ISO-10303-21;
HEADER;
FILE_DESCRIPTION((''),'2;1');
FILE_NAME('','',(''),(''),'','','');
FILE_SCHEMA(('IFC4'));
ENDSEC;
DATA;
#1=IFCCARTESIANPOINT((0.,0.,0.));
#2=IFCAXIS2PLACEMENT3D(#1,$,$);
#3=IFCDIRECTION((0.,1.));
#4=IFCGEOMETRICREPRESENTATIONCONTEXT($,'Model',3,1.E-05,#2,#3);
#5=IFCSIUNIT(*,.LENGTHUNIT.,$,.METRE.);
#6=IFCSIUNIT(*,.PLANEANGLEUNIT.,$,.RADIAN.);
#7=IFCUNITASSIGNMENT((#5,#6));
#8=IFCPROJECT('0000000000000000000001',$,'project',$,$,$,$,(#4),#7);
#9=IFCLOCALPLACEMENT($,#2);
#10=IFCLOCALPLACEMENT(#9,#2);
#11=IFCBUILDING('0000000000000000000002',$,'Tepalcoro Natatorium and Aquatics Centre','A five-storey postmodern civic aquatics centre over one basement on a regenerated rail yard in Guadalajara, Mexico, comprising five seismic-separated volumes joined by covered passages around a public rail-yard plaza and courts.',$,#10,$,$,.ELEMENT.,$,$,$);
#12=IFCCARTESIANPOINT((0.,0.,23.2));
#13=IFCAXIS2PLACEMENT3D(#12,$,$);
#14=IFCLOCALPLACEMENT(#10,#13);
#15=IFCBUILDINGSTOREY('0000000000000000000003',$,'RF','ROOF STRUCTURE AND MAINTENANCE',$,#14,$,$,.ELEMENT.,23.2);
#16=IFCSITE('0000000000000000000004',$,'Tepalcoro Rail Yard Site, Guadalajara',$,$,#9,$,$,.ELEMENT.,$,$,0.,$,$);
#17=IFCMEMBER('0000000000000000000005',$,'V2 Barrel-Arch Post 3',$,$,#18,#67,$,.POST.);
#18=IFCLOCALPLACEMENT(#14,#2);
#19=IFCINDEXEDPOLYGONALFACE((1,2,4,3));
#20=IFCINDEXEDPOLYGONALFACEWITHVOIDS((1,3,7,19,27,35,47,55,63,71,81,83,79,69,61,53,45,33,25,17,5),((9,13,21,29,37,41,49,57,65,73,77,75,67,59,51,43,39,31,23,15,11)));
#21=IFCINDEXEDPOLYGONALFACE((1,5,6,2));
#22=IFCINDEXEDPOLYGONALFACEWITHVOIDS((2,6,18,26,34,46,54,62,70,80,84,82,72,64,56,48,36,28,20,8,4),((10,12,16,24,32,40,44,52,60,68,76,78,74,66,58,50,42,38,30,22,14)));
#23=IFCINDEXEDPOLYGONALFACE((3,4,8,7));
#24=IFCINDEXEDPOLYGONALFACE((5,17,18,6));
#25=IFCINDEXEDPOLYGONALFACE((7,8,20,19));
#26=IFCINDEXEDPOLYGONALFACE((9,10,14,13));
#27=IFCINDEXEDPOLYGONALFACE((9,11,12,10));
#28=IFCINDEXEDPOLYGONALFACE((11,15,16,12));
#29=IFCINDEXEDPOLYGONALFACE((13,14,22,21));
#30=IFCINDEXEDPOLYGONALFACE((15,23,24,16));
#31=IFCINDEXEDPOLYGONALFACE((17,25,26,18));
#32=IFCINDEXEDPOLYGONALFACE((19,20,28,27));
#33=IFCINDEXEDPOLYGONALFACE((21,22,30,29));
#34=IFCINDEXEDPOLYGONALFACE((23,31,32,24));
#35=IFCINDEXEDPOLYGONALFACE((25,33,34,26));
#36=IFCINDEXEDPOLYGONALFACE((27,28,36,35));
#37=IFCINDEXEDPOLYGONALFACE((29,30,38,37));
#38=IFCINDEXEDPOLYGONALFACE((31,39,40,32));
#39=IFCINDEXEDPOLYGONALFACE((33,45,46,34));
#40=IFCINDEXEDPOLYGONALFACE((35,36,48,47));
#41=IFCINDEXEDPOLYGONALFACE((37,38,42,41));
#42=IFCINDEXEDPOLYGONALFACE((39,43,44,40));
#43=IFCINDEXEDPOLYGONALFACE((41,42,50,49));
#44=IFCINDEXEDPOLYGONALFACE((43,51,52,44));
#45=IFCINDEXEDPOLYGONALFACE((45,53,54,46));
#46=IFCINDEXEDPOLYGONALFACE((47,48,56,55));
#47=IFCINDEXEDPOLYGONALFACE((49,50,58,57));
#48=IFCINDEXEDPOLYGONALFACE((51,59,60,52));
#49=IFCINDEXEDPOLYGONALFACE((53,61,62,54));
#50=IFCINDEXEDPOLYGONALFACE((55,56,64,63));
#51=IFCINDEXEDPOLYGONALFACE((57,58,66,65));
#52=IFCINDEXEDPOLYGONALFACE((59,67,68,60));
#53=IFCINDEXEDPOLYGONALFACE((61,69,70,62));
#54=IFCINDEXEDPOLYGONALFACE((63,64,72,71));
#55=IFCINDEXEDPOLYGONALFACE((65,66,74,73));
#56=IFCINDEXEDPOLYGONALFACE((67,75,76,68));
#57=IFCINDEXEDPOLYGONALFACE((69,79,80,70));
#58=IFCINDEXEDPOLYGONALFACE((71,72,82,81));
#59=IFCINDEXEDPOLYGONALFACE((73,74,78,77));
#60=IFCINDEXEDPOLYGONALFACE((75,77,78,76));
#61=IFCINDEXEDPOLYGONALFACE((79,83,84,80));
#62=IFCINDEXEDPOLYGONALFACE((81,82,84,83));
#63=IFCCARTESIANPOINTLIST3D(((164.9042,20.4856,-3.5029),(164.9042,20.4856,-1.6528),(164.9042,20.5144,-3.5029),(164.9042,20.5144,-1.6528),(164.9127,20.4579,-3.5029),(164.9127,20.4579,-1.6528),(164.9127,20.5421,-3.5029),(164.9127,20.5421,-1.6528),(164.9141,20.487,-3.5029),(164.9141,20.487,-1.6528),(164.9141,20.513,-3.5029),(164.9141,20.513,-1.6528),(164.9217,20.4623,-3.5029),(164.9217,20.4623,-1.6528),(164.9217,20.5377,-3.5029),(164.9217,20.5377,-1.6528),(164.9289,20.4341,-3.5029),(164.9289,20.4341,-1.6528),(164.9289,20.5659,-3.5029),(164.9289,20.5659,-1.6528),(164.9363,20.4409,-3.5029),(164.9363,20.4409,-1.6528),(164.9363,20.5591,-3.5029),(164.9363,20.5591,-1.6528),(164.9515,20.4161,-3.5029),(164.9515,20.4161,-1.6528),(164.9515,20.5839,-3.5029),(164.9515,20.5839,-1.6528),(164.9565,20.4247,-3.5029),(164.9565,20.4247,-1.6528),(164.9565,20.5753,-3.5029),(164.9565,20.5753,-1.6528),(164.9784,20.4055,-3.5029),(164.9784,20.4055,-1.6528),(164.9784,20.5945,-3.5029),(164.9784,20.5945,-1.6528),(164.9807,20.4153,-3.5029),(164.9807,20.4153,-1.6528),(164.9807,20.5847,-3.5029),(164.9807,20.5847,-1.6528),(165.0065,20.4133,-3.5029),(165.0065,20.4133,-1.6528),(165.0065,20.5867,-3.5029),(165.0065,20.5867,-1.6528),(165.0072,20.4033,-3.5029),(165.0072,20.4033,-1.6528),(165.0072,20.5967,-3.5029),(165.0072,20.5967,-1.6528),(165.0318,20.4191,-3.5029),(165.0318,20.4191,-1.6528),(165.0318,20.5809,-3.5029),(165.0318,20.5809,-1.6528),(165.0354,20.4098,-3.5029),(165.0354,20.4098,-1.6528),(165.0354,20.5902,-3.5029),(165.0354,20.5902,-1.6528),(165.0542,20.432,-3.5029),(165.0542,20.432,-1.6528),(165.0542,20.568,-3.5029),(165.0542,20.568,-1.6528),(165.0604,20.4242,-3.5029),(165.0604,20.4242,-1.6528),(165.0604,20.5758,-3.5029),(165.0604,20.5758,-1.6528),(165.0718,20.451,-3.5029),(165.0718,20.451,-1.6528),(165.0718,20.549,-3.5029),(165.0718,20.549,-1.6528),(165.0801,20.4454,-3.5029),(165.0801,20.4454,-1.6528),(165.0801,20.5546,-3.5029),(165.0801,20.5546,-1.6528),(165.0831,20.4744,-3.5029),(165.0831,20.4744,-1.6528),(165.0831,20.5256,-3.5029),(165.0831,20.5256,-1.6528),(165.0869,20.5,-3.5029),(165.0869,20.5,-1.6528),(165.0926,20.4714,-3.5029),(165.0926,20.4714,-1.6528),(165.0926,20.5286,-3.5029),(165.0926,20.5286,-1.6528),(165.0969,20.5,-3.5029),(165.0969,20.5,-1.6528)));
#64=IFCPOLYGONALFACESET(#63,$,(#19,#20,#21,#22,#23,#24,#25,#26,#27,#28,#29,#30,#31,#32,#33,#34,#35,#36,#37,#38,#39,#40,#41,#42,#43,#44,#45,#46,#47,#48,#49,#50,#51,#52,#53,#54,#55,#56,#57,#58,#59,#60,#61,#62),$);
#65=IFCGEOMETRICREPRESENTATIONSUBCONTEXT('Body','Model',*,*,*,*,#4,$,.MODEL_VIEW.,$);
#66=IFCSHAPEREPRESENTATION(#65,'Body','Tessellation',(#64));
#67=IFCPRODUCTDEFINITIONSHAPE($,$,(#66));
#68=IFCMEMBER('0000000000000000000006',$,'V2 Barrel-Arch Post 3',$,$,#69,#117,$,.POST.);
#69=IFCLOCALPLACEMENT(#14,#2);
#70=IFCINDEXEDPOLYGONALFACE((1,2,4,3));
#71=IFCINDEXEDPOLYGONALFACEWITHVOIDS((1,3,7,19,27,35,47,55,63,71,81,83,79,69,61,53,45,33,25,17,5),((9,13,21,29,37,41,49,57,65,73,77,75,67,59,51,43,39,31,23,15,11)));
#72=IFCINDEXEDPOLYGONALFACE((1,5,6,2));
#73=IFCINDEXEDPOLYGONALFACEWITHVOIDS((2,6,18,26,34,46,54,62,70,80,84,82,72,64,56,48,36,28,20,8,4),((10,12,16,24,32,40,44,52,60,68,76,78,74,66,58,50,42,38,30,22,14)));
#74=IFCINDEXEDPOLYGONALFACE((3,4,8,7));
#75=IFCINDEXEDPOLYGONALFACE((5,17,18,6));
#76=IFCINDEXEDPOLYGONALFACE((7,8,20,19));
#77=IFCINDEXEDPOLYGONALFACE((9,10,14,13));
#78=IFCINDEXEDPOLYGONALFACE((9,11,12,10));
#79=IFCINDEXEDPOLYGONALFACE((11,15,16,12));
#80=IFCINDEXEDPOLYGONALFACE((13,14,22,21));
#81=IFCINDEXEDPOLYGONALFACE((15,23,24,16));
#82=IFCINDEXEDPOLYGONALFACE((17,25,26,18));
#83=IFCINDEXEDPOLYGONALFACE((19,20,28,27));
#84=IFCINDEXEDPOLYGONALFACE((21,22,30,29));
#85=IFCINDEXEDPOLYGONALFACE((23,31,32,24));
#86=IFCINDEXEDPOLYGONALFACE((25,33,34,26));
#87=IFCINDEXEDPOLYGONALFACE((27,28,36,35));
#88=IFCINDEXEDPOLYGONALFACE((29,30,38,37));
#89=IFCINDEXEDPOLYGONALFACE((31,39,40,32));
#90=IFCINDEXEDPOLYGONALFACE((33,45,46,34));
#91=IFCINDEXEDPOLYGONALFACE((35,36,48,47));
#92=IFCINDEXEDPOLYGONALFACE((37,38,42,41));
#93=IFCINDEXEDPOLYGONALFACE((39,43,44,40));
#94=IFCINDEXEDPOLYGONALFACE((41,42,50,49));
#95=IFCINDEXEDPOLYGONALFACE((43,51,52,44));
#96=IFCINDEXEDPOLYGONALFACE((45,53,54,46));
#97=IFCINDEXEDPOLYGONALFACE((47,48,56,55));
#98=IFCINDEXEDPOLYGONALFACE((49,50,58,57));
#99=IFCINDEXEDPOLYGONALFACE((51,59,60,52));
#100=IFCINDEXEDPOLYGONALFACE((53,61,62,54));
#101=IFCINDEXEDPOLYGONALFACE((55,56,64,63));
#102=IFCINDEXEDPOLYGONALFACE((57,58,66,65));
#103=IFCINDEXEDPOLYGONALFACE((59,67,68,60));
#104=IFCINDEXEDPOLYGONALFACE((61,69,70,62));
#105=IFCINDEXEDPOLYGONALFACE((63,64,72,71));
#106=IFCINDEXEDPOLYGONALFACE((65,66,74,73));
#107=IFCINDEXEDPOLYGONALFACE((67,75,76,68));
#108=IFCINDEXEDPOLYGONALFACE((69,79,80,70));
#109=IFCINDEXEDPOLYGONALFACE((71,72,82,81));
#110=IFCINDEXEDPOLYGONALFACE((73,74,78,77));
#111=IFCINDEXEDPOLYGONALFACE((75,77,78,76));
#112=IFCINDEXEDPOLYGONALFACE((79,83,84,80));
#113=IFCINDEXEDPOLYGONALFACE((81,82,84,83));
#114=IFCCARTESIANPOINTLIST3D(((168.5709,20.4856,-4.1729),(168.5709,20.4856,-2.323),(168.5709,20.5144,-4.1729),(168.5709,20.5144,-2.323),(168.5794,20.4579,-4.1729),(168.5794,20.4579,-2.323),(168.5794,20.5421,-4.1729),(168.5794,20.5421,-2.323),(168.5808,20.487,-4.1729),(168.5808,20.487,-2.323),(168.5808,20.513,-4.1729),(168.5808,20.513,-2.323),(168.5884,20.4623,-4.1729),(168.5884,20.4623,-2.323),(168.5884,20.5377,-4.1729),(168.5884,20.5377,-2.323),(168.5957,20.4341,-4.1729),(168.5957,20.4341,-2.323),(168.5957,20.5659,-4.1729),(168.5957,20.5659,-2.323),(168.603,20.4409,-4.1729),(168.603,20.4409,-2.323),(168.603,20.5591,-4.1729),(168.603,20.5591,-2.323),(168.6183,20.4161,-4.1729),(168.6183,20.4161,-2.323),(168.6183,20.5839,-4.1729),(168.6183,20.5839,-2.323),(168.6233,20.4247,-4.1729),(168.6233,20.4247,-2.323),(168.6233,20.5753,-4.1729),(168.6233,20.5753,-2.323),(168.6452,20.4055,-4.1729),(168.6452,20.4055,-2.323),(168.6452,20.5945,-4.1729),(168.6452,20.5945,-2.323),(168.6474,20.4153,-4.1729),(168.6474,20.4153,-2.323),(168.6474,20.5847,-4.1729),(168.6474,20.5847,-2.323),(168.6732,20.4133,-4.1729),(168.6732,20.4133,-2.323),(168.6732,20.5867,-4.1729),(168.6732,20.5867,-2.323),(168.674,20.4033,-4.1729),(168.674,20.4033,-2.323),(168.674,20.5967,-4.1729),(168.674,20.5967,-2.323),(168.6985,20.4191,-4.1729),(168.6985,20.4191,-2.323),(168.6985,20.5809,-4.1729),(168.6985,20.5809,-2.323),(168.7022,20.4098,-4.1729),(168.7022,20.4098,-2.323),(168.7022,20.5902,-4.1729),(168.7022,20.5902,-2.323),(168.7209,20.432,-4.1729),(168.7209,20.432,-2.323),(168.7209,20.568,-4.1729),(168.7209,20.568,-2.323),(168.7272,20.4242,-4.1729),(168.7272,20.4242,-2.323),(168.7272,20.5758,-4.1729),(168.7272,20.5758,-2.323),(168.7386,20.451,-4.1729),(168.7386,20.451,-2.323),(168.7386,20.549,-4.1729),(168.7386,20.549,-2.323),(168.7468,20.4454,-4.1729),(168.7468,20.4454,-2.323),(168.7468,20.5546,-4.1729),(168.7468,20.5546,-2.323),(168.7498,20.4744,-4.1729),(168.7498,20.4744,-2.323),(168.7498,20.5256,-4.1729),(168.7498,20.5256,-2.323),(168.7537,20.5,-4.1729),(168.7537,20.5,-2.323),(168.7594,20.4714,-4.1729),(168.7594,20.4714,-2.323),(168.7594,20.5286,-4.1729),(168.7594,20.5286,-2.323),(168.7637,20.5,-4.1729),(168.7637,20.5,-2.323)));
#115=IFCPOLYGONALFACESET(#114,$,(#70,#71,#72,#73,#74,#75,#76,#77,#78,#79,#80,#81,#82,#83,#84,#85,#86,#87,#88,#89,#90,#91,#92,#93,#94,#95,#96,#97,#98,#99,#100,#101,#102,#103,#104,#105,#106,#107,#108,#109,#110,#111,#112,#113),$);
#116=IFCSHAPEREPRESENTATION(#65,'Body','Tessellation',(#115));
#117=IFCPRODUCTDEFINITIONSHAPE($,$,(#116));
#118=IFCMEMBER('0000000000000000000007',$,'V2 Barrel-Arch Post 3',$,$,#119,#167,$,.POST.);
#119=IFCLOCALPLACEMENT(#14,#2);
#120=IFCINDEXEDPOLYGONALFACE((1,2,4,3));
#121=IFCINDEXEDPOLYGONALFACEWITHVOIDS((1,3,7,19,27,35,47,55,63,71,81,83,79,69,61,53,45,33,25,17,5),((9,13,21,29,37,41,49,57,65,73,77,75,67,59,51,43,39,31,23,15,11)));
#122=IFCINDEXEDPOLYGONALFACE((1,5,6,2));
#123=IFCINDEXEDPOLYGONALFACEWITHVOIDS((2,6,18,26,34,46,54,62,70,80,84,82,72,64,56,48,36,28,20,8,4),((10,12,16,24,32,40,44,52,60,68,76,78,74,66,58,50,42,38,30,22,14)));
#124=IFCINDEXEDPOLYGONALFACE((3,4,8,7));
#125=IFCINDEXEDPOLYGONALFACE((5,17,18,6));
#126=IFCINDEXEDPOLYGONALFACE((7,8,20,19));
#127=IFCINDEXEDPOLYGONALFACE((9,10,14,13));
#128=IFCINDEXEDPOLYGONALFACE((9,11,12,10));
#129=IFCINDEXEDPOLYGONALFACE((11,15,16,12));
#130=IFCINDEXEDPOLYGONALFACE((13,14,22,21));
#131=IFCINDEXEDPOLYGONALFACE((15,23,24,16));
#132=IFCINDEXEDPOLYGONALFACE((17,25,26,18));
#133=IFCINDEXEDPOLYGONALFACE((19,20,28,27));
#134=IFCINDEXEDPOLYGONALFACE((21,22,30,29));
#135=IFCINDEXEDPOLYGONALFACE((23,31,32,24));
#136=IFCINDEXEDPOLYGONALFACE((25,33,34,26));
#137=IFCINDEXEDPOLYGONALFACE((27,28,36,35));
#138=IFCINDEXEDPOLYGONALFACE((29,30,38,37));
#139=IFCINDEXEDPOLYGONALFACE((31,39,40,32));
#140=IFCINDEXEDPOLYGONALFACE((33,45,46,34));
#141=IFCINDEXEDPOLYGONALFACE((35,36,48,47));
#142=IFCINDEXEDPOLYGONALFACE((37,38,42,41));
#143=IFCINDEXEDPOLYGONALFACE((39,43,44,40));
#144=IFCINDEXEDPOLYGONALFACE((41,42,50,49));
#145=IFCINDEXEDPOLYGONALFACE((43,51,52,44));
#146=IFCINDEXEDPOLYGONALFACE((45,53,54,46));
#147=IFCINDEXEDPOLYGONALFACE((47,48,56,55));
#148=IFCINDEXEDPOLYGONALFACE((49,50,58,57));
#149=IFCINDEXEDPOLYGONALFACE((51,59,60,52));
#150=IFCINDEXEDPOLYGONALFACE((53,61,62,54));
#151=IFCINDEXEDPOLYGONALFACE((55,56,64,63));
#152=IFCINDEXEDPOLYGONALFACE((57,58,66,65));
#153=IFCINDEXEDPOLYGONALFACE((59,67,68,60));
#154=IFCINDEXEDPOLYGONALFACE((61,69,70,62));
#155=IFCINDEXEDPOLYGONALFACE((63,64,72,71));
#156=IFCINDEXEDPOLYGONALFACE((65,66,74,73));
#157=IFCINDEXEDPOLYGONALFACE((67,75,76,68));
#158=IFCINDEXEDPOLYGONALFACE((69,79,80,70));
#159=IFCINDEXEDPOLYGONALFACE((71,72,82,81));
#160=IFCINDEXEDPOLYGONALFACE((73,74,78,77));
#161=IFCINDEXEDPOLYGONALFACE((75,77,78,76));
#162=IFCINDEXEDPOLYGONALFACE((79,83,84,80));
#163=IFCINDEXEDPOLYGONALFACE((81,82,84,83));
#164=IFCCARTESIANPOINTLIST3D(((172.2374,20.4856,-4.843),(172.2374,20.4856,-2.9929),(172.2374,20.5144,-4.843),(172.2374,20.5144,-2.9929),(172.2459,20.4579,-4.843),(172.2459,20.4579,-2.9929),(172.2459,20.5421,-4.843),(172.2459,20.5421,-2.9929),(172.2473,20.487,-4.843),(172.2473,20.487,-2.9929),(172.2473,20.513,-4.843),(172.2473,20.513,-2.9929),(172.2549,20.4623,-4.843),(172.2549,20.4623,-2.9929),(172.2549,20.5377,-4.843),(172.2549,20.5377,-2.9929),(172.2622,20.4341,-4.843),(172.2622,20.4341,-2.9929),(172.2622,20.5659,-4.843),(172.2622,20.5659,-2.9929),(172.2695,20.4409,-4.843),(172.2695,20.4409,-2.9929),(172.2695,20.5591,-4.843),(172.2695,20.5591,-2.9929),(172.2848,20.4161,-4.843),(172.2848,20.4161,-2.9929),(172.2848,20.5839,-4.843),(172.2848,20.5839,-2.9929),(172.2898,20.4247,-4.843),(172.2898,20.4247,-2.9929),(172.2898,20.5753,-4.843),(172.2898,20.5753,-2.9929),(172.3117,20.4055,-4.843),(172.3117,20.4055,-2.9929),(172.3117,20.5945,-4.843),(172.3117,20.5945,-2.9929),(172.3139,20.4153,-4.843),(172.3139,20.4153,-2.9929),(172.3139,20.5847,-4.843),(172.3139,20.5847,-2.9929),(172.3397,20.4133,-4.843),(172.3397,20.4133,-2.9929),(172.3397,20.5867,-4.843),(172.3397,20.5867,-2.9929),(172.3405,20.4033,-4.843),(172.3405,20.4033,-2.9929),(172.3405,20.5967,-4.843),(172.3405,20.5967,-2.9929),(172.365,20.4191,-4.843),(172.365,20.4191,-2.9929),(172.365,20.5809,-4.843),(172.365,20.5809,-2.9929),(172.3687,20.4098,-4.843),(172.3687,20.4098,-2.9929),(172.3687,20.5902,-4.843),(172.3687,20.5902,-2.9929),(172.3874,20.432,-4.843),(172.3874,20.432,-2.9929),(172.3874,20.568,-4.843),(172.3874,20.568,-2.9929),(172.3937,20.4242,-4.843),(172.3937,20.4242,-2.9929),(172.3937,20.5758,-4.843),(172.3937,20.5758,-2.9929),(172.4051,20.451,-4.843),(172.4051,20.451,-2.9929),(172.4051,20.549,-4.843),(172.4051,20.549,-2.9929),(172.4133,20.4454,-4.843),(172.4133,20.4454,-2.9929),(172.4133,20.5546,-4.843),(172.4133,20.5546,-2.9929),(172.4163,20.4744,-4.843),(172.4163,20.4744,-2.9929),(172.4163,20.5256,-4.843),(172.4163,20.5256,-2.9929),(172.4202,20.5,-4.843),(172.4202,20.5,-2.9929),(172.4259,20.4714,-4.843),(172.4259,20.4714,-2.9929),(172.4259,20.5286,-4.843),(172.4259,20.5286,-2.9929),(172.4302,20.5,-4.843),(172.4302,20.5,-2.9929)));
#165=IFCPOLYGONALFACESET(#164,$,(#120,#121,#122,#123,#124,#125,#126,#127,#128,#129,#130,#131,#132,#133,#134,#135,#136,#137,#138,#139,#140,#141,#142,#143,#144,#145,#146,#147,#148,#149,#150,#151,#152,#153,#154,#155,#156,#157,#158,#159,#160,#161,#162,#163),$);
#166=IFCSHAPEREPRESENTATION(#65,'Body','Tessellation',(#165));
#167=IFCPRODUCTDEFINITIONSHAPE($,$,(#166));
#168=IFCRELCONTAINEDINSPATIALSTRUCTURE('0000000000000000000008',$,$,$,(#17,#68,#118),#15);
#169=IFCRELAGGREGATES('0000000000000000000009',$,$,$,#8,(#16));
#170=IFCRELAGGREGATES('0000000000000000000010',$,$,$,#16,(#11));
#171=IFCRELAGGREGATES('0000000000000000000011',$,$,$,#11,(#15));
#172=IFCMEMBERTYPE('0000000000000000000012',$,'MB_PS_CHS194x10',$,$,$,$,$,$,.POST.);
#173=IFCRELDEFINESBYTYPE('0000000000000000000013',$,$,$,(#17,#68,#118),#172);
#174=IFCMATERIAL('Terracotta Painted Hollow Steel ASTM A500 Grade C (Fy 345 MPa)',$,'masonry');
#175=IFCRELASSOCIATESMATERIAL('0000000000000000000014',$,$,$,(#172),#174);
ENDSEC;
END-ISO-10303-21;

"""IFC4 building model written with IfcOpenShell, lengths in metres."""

from ifc_helpers import new_model, si_unit, direction, frame, origin, origin_2d, place, context, subcontext, project, spatial, hollow_circle, extrude, material, material_profile, profile_set, type_object, element, save


model = new_model("IFC4")

# Units and contexts
model_context = context("Model", 3, precision=1e-05, world=origin(), true_north=direction((0.0, 1.0)))
body_context = subcontext(model_context, "Body", "Model", "MODEL_VIEW")
ifc_project = project(units=[si_unit("LENGTHUNIT", "METRE"), si_unit("PLANEANGLEUNIT", "RADIAN")], contexts=[model_context])

# Site, building, storey
site_placement = place(None, origin())
site = spatial("IfcSite", under=ifc_project, at=site_placement, Name="Tepalcoro Rail Yard Site, Guadalajara", CompositionType="ELEMENT", RefElevation=0.0)
building_placement = place(site_placement, origin())
building = spatial("IfcBuilding", under=site, at=building_placement, Name="Tepalcoro Natatorium and Aquatics Centre", Description="A five-storey postmodern civic aquatics centre over one basement on a regenerated rail yard in Guadalajara, Mexico, comprising five seismic-separated volumes joined by covered passages around a public rail-yard plaza and courts.", CompositionType="ELEMENT")
storey_placement = place(building_placement, frame((0.0, 0.0, 23.2)))
storey = spatial("IfcBuildingStorey", under=building, at=storey_placement, Name="RF", Description="ROOF STRUCTURE AND MAINTENANCE", CompositionType="ELEMENT", Elevation=23.2)

# Shared definitions
ifc_material_1 = material(Name="Terracotta Painted Hollow Steel ASTM A500 Grade C (Fy 345 MPa)", Category="masonry")

# Members
ifc_material_profile_1 = material_profile(ifc_material_1, hollow_circle(Radius=0.0969, WallThickness=0.01, at=origin_2d()), Name="CHS194X10")
ifc_profile_set_1 = profile_set([ifc_material_profile_1], Name="Terracotta Painted Hollow Steel ASTM A500 Grade C (Fy 345 MPa)")
member_type_1 = type_object("IfcMemberType", Name="MB_PS_CHS194x10", PredefinedType="POST", material=ifc_profile_set_1)
member_1_placement = place(storey_placement, frame((165.0, 20.5, -3.5029), z_axis=(0.0, 0.0, 1.0), x_axis=(1.0, 0.0, 0.0)))
element("IfcMember", 1, at=member_1_placement, inside=storey, type_object=member_type_1, Name="V2 Barrel-Arch Post 3", PredefinedType="POST", context=body_context, shape_type="SweptSolid", body=[
    extrude(hollow_circle(Radius=0.0969, WallThickness=0.01, at=origin_2d()), origin(), (0.0, 0.0, 1.0), 1.8501),
])
member_2_placement = place(storey_placement, frame((168.6667, 20.5, -4.1729), z_axis=(0.0, 0.0, 1.0), x_axis=(1.0, 0.0, 0.0)))
element("IfcMember", 2, at=member_2_placement, inside=storey, type_object=member_type_1, Name="V2 Barrel-Arch Post 3", PredefinedType="POST", context=body_context, shape_type="SweptSolid", body=[
    extrude(hollow_circle(Radius=0.0969, WallThickness=0.01, at=origin_2d()), origin(), (0.0, 0.0, 1.0), 1.8499),
])
member_3_placement = place(storey_placement, frame((172.3333, 20.5, -4.843), z_axis=(0.0, 0.0, 1.0), x_axis=(1.0, 0.0, 0.0)))
element("IfcMember", 3, at=member_3_placement, inside=storey, type_object=member_type_1, Name="V2 Barrel-Arch Post 3", PredefinedType="POST", context=body_context, shape_type="SweptSolid", body=[
    extrude(hollow_circle(Radius=0.0969, WallThickness=0.01, at=origin_2d()), origin(), (0.0, 0.0, 1.0), 1.8501),
])

save(model, "model.ifc")
